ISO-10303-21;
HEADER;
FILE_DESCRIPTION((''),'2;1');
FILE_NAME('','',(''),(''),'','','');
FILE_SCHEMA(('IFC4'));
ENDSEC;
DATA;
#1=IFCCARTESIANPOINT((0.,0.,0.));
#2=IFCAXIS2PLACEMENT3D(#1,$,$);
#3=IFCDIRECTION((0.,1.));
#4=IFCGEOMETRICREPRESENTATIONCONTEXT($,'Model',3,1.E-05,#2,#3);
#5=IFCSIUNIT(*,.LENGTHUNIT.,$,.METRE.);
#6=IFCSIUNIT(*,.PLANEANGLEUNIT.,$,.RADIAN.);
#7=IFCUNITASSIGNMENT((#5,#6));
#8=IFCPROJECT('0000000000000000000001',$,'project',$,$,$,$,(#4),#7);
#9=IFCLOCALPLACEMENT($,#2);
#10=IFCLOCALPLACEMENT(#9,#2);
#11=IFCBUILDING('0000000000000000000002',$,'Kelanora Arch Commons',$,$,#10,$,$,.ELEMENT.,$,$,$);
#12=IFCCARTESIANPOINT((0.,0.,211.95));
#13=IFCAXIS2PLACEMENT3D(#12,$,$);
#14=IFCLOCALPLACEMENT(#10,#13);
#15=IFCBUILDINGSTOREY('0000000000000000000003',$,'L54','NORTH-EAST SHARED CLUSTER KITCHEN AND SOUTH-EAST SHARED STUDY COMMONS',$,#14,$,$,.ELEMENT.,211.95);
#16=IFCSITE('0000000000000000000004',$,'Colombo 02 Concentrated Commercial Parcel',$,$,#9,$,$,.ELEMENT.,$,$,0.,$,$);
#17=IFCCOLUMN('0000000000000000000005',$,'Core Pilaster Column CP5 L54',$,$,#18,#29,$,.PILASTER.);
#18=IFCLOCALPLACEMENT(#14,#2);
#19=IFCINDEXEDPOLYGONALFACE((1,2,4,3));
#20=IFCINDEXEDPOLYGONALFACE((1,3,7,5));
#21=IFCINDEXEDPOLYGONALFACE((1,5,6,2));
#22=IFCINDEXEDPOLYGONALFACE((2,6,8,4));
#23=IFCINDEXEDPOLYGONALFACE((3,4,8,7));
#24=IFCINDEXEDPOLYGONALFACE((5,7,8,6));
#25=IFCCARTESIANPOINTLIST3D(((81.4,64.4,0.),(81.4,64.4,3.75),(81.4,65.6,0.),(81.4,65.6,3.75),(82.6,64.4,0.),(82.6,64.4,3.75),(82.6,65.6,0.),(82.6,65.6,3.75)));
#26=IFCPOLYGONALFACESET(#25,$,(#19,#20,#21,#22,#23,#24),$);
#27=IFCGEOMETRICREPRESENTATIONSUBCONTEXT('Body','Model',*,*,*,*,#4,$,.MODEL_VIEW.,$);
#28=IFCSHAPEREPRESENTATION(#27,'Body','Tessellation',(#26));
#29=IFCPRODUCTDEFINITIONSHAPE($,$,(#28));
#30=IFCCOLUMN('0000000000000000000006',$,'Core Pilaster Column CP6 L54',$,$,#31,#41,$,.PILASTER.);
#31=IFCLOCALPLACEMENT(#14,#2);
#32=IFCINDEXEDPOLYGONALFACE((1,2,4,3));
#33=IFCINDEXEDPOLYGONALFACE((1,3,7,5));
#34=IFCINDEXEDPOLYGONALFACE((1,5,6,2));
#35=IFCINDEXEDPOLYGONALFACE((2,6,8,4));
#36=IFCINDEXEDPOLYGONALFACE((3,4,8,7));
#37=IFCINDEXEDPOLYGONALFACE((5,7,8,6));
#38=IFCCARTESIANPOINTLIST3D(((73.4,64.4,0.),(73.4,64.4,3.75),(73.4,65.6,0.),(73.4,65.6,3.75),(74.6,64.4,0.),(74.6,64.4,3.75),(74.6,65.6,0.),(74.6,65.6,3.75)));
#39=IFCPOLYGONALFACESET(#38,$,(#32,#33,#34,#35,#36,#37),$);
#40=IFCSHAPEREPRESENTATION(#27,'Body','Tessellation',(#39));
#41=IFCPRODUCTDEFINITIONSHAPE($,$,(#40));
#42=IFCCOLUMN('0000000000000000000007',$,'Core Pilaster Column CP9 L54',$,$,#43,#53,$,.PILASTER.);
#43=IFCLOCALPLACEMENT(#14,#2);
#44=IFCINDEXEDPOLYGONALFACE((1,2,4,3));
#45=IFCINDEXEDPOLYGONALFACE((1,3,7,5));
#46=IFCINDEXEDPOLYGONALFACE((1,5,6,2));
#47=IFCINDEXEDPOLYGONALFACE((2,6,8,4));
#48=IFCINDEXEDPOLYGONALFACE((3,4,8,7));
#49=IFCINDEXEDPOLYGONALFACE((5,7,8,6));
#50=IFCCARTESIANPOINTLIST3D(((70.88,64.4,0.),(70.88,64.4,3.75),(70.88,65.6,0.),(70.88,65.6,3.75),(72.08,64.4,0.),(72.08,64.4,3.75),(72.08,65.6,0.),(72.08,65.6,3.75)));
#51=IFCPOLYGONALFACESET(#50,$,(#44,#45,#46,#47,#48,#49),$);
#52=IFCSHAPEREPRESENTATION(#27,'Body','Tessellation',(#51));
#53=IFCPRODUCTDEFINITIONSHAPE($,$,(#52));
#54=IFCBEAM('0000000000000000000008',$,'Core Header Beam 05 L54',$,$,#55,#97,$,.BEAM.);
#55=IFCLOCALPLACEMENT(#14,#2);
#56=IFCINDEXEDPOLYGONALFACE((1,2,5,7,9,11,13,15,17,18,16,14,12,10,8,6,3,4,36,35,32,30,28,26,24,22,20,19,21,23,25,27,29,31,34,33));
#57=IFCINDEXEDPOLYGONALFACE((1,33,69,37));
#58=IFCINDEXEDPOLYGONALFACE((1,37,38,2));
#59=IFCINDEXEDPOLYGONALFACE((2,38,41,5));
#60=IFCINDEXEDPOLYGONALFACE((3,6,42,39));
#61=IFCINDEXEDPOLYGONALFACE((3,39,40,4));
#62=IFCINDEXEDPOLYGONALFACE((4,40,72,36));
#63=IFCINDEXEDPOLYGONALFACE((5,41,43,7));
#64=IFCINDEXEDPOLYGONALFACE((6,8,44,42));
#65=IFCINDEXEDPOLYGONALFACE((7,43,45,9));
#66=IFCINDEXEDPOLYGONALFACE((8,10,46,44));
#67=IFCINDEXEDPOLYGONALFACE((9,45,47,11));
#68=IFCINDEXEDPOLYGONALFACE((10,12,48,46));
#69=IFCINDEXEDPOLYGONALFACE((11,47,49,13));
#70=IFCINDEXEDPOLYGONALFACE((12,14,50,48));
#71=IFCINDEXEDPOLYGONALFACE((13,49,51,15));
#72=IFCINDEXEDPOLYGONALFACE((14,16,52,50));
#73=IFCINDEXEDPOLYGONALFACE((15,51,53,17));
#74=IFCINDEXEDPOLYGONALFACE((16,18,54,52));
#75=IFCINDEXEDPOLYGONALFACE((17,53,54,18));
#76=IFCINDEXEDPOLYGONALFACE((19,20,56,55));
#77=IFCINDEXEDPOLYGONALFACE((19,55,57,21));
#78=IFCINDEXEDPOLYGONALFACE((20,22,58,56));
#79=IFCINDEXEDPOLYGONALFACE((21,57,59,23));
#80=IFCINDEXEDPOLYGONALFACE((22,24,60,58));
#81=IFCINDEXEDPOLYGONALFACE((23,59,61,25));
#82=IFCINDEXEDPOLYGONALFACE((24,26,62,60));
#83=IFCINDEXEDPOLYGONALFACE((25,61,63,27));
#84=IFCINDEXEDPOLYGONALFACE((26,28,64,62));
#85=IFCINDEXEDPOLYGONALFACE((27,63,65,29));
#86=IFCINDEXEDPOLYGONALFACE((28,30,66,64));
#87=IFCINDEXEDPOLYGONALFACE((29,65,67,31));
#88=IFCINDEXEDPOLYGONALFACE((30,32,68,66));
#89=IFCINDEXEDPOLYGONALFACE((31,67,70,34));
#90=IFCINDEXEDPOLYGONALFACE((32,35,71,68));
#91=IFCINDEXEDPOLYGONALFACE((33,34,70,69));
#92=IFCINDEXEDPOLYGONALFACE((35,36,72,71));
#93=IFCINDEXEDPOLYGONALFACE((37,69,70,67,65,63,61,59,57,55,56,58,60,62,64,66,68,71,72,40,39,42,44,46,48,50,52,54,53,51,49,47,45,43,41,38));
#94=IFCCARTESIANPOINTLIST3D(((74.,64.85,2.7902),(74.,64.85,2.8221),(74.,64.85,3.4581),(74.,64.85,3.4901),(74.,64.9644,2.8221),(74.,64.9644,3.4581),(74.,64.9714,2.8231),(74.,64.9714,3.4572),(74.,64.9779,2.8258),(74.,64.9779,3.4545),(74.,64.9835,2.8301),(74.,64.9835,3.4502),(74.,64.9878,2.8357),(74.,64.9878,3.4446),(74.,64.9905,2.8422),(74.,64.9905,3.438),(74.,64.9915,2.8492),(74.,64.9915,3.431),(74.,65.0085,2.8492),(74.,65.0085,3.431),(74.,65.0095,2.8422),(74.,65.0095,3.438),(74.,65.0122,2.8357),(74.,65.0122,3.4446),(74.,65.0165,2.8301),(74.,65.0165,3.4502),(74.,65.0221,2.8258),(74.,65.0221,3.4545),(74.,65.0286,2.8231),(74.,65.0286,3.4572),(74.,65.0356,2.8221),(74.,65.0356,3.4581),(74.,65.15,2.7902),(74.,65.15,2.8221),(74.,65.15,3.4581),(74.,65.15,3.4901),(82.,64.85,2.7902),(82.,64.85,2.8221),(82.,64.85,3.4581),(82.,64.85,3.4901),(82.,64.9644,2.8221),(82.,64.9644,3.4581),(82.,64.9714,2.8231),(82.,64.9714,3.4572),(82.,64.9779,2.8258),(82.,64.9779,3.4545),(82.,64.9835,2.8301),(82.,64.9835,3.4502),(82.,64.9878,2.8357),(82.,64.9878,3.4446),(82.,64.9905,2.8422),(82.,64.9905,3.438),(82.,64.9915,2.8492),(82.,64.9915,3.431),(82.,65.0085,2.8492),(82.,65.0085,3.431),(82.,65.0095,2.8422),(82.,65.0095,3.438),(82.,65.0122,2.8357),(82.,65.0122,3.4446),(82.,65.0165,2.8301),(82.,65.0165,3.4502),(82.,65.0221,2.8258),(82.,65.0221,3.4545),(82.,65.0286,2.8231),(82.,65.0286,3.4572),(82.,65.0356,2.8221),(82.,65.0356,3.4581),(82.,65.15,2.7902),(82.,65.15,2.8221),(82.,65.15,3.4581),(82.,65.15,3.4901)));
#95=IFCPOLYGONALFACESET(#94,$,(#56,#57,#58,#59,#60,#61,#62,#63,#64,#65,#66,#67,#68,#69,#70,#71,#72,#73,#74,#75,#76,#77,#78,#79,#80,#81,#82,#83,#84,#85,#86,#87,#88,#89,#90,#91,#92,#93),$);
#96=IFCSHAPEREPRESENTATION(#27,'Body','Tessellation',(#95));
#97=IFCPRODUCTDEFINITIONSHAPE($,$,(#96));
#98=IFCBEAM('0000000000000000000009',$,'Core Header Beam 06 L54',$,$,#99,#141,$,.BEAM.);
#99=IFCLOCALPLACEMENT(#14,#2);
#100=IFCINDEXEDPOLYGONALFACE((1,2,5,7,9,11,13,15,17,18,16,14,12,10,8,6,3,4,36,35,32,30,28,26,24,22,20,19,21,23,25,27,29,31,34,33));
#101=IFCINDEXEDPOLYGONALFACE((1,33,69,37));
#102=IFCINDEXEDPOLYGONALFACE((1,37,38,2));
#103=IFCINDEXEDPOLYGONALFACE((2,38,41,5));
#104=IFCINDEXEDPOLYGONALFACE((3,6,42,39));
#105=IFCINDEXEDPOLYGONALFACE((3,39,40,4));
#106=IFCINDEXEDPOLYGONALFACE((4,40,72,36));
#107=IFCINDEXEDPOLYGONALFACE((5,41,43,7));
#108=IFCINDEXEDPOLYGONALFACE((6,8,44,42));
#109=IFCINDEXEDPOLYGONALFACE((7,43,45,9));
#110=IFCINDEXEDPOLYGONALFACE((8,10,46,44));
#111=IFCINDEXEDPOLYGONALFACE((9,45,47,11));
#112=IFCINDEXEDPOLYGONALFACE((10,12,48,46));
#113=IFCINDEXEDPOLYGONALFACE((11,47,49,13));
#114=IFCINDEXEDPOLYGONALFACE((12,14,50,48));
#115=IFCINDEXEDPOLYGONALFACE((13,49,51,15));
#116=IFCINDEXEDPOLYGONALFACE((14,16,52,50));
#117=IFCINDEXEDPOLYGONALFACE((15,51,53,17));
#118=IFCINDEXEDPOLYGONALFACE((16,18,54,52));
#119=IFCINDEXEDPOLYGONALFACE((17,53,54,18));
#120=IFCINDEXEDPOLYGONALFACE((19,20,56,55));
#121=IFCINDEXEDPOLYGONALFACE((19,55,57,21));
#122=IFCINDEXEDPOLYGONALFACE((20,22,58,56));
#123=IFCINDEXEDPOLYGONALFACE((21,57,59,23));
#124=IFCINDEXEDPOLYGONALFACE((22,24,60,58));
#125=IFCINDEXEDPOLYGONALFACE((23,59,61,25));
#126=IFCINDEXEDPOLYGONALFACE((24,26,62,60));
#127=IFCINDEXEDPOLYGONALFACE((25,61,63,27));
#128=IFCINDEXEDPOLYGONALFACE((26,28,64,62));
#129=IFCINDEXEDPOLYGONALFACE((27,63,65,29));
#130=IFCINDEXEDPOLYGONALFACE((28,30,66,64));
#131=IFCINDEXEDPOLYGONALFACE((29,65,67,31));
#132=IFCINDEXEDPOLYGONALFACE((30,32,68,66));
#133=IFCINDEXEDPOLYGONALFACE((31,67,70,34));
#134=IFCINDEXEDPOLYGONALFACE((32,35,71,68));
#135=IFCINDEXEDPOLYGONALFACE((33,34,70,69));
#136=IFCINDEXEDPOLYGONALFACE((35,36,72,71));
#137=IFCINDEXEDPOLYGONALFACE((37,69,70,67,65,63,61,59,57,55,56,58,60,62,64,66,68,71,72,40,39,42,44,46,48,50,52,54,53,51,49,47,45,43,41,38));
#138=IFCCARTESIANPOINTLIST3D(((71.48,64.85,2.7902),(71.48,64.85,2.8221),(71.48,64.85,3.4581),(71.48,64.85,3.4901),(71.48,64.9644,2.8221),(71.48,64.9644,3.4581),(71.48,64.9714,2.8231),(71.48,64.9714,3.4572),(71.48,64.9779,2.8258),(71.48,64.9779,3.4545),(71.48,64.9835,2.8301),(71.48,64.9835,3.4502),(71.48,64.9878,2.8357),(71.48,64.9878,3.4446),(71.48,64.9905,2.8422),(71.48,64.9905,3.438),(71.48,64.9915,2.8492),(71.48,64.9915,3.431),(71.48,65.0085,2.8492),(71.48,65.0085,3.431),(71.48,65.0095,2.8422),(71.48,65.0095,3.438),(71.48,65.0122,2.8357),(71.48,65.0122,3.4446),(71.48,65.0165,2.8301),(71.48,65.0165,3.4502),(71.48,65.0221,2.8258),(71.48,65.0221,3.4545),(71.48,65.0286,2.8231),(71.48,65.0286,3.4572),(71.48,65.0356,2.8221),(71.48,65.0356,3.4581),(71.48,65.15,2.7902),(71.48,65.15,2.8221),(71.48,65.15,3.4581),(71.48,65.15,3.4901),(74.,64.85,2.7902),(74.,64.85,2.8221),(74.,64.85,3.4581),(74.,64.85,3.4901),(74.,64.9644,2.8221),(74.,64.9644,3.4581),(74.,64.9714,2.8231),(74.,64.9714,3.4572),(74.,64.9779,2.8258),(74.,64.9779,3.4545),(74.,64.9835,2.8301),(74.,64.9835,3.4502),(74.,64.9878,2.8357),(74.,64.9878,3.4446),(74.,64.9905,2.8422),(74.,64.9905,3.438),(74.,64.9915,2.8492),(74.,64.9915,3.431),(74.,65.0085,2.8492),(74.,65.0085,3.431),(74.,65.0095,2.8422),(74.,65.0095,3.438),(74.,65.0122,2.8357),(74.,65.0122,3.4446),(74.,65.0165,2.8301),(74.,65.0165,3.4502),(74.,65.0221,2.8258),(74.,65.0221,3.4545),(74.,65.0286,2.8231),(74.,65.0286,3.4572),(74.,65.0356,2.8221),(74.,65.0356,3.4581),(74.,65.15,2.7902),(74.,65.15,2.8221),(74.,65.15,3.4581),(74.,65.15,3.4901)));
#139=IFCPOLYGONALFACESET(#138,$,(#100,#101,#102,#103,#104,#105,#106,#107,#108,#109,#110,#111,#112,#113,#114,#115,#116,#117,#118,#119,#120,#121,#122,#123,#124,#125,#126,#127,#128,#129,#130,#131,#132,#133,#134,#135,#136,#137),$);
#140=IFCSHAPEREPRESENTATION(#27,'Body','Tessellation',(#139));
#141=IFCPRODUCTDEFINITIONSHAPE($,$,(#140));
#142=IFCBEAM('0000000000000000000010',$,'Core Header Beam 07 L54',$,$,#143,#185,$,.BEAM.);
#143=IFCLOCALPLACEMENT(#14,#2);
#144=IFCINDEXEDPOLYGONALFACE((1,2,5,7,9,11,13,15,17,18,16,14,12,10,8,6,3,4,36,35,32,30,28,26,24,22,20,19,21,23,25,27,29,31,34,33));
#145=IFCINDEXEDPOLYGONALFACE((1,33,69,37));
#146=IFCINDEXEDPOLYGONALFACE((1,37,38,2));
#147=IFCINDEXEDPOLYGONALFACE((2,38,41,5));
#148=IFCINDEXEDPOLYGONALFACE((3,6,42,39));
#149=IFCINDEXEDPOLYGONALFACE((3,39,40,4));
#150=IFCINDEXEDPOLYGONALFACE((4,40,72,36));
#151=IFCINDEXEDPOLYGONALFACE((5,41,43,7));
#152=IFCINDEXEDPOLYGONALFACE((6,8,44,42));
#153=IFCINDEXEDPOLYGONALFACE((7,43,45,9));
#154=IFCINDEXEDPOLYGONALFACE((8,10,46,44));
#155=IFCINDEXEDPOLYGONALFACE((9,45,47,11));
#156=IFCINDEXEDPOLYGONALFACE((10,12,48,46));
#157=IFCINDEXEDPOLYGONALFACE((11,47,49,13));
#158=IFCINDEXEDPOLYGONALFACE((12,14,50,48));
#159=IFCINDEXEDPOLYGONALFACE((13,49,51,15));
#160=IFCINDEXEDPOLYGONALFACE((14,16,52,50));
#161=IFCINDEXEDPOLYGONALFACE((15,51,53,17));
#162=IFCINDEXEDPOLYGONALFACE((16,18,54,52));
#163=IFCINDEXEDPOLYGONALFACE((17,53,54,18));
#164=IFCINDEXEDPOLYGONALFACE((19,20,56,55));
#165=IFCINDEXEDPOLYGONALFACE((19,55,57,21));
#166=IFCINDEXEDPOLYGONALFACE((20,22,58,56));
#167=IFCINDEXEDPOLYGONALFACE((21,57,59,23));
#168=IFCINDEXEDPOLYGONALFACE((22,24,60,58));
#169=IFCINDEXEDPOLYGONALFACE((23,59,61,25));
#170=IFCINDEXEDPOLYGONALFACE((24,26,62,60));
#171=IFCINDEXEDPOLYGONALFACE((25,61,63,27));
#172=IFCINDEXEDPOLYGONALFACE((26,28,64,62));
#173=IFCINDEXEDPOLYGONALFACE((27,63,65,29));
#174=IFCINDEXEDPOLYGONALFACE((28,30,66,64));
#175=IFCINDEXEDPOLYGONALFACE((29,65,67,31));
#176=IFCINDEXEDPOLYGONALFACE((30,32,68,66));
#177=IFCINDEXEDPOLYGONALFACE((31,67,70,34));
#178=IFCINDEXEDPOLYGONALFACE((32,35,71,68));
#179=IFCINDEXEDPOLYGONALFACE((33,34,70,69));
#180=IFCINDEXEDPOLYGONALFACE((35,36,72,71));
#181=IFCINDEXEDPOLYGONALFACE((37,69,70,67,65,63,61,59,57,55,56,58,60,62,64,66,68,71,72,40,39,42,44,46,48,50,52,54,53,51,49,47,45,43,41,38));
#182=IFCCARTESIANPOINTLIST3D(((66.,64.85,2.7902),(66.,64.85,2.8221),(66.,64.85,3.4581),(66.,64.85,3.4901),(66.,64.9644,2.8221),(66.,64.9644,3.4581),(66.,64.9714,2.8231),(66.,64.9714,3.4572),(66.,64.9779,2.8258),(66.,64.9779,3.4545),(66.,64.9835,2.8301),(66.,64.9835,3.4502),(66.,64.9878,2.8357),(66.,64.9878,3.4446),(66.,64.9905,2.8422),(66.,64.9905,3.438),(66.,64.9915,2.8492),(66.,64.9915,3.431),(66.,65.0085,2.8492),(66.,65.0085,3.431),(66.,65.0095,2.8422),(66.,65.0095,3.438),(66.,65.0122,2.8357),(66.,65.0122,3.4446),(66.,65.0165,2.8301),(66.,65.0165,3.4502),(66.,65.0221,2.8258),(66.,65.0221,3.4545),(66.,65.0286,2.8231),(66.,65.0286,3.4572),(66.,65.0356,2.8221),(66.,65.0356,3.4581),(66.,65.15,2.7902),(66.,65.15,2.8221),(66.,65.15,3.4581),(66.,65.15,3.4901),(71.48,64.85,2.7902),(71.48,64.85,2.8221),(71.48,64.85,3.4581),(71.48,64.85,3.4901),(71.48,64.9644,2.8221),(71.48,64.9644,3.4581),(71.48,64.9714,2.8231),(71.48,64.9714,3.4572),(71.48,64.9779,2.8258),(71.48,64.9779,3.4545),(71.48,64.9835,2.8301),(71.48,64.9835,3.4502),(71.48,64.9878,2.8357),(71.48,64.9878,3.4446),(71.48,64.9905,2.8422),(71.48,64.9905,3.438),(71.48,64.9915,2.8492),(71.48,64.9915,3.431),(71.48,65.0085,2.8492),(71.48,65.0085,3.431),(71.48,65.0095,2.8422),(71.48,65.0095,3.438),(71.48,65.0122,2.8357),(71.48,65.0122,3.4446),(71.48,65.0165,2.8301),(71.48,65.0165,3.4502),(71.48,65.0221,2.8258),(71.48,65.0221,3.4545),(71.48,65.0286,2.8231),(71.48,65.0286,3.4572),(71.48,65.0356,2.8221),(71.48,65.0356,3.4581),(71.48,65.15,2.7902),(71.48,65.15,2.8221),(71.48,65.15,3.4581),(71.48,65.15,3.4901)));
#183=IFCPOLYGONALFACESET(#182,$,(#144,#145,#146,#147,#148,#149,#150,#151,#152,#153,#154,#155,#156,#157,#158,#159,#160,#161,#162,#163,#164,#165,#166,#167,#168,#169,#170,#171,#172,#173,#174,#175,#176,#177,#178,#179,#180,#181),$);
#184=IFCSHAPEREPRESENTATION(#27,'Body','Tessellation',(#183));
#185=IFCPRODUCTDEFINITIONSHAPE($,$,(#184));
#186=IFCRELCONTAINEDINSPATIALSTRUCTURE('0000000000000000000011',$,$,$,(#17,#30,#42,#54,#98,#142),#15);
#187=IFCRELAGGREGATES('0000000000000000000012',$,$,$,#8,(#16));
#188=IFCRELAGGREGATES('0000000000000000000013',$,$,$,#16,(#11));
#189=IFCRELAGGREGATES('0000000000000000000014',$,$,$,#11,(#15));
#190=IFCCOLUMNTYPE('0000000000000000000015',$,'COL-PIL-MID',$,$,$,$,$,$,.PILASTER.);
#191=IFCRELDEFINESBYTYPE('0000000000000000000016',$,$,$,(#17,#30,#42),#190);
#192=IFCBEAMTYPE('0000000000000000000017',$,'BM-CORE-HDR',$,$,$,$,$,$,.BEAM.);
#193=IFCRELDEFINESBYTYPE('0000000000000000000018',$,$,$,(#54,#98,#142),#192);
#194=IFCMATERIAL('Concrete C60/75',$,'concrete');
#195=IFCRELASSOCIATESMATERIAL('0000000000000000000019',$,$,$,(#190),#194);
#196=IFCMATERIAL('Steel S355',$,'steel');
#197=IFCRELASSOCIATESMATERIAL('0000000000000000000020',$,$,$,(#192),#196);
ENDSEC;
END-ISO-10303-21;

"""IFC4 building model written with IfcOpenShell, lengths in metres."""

from ifc_helpers import new_model, si_unit, direction, frame, origin, origin_2d, place, context, subcontext, project, spatial, rectangle, i_section, extrude, material, material_profile, profile_set, type_object, element, save


model = new_model("IFC4")

# Units and contexts
model_context = context("Model", 3, precision=1e-05, world=origin(), true_north=direction((0.0, 1.0)))
body_context = subcontext(model_context, "Body", "Model", "MODEL_VIEW")
ifc_project = project(units=[si_unit("LENGTHUNIT", "METRE"), si_unit("PLANEANGLEUNIT", "RADIAN")], contexts=[model_context])

# Site, building, storey
site_placement = place(None, origin())
site = spatial("IfcSite", under=ifc_project, at=site_placement, Name="Colombo 02 Concentrated Commercial Parcel", CompositionType="ELEMENT", RefElevation=0.0)
building_placement = place(site_placement, origin())
building = spatial("IfcBuilding", under=site, at=building_placement, Name="Kelanora Arch Commons", CompositionType="ELEMENT")
storey_placement = place(building_placement, frame((0.0, 0.0, 211.95)))
storey = spatial("IfcBuildingStorey", under=building, at=storey_placement, Name="L54", Description="NORTH-EAST SHARED CLUSTER KITCHEN AND SOUTH-EAST SHARED STUDY COMMONS", CompositionType="ELEMENT", Elevation=211.95)

# Columns
ifc_material_1 = material(Name="Concrete C60/75", Category="concrete")
ifc_material_profile_1 = material_profile(ifc_material_1, rectangle(XDim=1.2, YDim=1.2, at=origin_2d()), Name="RC1200x1200")
ifc_profile_set_1 = profile_set([ifc_material_profile_1], Name="Concrete C60/75")
column_type = type_object("IfcColumnType", Name="COL-PIL-MID", PredefinedType="PILASTER", material=ifc_profile_set_1)
for number, where, z_axis, x_axis, name in (
    (1, (82.0, 65.0, 0.0), (0.0, 0.0, 1.0), (1.0, 0.0, 0.0), "Core Pilaster Column CP5 L54"),
    (2, (74.0, 65.0, 0.0), (0.0, 0.0, 1.0), (1.0, 0.0, 0.0), "Core Pilaster Column CP6 L54"),
    (3, (71.48, 65.0, 0.0), (0.0, 0.0, 1.0), (1.0, 0.0, 0.0), "Core Pilaster Column CP9 L54"),
):
    element("IfcColumn", number, at=place(storey_placement, frame(where, z_axis=z_axis, x_axis=x_axis)), inside=storey, type_object=column_type, Name=name, PredefinedType="PILASTER", context=body_context, shape_type="SweptSolid", body=[
        extrude(rectangle(XDim=1.2, YDim=1.2, at=origin_2d()), origin(), (0.0, 0.0, 1.0), 3.75),
    ])

# Beams
ifc_material_2 = material(Name="Steel S355", Category="steel")
ifc_material_profile_2 = material_profile(ifc_material_2, i_section(OverallWidth=0.3, OverallDepth=0.7, WebThickness=0.0171, FlangeThickness=0.032, FilletRadius=0.0271, at=origin_2d()), Name="HEB700")
ifc_profile_set_2 = profile_set([ifc_material_profile_2], Name="Steel S355")
beam_type_1 = type_object("IfcBeamType", Name="BM-CORE-HDR", PredefinedType="BEAM", material=ifc_profile_set_2)
beam_1_placement = place(storey_placement, frame((82.0, 65.0, 3.1401), z_axis=(-1.0, 0.0, 0.0), x_axis=(0.0, -1.0, 0.0)))
element("IfcBeam", 4, at=beam_1_placement, inside=storey, type_object=beam_type_1, Name="Core Header Beam 05 L54", PredefinedType="BEAM", context=body_context, shape_type="SweptSolid", body=[
    extrude(i_section(OverallWidth=0.3, OverallDepth=0.7, WebThickness=0.0171, FlangeThickness=0.032, FilletRadius=0.0271, at=origin_2d()), origin(), (0.0, 0.0, 1.0), 8.0),
])
beam_2_placement = place(storey_placement, frame((74.0, 65.0, 3.1401), z_axis=(-1.0, 0.0, 0.0), x_axis=(0.0, -1.0, 0.0)))
element("IfcBeam", 5, at=beam_2_placement, inside=storey, type_object=beam_type_1, Name="Core Header Beam 06 L54", PredefinedType="BEAM", context=body_context, shape_type="SweptSolid", body=[
    extrude(i_section(OverallWidth=0.3, OverallDepth=0.7, WebThickness=0.0171, FlangeThickness=0.032, FilletRadius=0.0271, at=origin_2d()), origin(), (0.0, 0.0, 1.0), 2.52),
])
beam_3_placement = place(storey_placement, frame((71.48, 65.0, 3.1401), z_axis=(-1.0, 0.0, 0.0), x_axis=(0.0, -1.0, 0.0)))
element("IfcBeam", 6, at=beam_3_placement, inside=storey, type_object=beam_type_1, Name="Core Header Beam 07 L54", PredefinedType="BEAM", context=body_context, shape_type="SweptSolid", body=[
    extrude(i_section(OverallWidth=0.3, OverallDepth=0.7, WebThickness=0.0171, FlangeThickness=0.032, FilletRadius=0.0271, at=origin_2d()), origin(), (0.0, 0.0, 1.0), 5.48),
])

save(model, "model.ifc")
